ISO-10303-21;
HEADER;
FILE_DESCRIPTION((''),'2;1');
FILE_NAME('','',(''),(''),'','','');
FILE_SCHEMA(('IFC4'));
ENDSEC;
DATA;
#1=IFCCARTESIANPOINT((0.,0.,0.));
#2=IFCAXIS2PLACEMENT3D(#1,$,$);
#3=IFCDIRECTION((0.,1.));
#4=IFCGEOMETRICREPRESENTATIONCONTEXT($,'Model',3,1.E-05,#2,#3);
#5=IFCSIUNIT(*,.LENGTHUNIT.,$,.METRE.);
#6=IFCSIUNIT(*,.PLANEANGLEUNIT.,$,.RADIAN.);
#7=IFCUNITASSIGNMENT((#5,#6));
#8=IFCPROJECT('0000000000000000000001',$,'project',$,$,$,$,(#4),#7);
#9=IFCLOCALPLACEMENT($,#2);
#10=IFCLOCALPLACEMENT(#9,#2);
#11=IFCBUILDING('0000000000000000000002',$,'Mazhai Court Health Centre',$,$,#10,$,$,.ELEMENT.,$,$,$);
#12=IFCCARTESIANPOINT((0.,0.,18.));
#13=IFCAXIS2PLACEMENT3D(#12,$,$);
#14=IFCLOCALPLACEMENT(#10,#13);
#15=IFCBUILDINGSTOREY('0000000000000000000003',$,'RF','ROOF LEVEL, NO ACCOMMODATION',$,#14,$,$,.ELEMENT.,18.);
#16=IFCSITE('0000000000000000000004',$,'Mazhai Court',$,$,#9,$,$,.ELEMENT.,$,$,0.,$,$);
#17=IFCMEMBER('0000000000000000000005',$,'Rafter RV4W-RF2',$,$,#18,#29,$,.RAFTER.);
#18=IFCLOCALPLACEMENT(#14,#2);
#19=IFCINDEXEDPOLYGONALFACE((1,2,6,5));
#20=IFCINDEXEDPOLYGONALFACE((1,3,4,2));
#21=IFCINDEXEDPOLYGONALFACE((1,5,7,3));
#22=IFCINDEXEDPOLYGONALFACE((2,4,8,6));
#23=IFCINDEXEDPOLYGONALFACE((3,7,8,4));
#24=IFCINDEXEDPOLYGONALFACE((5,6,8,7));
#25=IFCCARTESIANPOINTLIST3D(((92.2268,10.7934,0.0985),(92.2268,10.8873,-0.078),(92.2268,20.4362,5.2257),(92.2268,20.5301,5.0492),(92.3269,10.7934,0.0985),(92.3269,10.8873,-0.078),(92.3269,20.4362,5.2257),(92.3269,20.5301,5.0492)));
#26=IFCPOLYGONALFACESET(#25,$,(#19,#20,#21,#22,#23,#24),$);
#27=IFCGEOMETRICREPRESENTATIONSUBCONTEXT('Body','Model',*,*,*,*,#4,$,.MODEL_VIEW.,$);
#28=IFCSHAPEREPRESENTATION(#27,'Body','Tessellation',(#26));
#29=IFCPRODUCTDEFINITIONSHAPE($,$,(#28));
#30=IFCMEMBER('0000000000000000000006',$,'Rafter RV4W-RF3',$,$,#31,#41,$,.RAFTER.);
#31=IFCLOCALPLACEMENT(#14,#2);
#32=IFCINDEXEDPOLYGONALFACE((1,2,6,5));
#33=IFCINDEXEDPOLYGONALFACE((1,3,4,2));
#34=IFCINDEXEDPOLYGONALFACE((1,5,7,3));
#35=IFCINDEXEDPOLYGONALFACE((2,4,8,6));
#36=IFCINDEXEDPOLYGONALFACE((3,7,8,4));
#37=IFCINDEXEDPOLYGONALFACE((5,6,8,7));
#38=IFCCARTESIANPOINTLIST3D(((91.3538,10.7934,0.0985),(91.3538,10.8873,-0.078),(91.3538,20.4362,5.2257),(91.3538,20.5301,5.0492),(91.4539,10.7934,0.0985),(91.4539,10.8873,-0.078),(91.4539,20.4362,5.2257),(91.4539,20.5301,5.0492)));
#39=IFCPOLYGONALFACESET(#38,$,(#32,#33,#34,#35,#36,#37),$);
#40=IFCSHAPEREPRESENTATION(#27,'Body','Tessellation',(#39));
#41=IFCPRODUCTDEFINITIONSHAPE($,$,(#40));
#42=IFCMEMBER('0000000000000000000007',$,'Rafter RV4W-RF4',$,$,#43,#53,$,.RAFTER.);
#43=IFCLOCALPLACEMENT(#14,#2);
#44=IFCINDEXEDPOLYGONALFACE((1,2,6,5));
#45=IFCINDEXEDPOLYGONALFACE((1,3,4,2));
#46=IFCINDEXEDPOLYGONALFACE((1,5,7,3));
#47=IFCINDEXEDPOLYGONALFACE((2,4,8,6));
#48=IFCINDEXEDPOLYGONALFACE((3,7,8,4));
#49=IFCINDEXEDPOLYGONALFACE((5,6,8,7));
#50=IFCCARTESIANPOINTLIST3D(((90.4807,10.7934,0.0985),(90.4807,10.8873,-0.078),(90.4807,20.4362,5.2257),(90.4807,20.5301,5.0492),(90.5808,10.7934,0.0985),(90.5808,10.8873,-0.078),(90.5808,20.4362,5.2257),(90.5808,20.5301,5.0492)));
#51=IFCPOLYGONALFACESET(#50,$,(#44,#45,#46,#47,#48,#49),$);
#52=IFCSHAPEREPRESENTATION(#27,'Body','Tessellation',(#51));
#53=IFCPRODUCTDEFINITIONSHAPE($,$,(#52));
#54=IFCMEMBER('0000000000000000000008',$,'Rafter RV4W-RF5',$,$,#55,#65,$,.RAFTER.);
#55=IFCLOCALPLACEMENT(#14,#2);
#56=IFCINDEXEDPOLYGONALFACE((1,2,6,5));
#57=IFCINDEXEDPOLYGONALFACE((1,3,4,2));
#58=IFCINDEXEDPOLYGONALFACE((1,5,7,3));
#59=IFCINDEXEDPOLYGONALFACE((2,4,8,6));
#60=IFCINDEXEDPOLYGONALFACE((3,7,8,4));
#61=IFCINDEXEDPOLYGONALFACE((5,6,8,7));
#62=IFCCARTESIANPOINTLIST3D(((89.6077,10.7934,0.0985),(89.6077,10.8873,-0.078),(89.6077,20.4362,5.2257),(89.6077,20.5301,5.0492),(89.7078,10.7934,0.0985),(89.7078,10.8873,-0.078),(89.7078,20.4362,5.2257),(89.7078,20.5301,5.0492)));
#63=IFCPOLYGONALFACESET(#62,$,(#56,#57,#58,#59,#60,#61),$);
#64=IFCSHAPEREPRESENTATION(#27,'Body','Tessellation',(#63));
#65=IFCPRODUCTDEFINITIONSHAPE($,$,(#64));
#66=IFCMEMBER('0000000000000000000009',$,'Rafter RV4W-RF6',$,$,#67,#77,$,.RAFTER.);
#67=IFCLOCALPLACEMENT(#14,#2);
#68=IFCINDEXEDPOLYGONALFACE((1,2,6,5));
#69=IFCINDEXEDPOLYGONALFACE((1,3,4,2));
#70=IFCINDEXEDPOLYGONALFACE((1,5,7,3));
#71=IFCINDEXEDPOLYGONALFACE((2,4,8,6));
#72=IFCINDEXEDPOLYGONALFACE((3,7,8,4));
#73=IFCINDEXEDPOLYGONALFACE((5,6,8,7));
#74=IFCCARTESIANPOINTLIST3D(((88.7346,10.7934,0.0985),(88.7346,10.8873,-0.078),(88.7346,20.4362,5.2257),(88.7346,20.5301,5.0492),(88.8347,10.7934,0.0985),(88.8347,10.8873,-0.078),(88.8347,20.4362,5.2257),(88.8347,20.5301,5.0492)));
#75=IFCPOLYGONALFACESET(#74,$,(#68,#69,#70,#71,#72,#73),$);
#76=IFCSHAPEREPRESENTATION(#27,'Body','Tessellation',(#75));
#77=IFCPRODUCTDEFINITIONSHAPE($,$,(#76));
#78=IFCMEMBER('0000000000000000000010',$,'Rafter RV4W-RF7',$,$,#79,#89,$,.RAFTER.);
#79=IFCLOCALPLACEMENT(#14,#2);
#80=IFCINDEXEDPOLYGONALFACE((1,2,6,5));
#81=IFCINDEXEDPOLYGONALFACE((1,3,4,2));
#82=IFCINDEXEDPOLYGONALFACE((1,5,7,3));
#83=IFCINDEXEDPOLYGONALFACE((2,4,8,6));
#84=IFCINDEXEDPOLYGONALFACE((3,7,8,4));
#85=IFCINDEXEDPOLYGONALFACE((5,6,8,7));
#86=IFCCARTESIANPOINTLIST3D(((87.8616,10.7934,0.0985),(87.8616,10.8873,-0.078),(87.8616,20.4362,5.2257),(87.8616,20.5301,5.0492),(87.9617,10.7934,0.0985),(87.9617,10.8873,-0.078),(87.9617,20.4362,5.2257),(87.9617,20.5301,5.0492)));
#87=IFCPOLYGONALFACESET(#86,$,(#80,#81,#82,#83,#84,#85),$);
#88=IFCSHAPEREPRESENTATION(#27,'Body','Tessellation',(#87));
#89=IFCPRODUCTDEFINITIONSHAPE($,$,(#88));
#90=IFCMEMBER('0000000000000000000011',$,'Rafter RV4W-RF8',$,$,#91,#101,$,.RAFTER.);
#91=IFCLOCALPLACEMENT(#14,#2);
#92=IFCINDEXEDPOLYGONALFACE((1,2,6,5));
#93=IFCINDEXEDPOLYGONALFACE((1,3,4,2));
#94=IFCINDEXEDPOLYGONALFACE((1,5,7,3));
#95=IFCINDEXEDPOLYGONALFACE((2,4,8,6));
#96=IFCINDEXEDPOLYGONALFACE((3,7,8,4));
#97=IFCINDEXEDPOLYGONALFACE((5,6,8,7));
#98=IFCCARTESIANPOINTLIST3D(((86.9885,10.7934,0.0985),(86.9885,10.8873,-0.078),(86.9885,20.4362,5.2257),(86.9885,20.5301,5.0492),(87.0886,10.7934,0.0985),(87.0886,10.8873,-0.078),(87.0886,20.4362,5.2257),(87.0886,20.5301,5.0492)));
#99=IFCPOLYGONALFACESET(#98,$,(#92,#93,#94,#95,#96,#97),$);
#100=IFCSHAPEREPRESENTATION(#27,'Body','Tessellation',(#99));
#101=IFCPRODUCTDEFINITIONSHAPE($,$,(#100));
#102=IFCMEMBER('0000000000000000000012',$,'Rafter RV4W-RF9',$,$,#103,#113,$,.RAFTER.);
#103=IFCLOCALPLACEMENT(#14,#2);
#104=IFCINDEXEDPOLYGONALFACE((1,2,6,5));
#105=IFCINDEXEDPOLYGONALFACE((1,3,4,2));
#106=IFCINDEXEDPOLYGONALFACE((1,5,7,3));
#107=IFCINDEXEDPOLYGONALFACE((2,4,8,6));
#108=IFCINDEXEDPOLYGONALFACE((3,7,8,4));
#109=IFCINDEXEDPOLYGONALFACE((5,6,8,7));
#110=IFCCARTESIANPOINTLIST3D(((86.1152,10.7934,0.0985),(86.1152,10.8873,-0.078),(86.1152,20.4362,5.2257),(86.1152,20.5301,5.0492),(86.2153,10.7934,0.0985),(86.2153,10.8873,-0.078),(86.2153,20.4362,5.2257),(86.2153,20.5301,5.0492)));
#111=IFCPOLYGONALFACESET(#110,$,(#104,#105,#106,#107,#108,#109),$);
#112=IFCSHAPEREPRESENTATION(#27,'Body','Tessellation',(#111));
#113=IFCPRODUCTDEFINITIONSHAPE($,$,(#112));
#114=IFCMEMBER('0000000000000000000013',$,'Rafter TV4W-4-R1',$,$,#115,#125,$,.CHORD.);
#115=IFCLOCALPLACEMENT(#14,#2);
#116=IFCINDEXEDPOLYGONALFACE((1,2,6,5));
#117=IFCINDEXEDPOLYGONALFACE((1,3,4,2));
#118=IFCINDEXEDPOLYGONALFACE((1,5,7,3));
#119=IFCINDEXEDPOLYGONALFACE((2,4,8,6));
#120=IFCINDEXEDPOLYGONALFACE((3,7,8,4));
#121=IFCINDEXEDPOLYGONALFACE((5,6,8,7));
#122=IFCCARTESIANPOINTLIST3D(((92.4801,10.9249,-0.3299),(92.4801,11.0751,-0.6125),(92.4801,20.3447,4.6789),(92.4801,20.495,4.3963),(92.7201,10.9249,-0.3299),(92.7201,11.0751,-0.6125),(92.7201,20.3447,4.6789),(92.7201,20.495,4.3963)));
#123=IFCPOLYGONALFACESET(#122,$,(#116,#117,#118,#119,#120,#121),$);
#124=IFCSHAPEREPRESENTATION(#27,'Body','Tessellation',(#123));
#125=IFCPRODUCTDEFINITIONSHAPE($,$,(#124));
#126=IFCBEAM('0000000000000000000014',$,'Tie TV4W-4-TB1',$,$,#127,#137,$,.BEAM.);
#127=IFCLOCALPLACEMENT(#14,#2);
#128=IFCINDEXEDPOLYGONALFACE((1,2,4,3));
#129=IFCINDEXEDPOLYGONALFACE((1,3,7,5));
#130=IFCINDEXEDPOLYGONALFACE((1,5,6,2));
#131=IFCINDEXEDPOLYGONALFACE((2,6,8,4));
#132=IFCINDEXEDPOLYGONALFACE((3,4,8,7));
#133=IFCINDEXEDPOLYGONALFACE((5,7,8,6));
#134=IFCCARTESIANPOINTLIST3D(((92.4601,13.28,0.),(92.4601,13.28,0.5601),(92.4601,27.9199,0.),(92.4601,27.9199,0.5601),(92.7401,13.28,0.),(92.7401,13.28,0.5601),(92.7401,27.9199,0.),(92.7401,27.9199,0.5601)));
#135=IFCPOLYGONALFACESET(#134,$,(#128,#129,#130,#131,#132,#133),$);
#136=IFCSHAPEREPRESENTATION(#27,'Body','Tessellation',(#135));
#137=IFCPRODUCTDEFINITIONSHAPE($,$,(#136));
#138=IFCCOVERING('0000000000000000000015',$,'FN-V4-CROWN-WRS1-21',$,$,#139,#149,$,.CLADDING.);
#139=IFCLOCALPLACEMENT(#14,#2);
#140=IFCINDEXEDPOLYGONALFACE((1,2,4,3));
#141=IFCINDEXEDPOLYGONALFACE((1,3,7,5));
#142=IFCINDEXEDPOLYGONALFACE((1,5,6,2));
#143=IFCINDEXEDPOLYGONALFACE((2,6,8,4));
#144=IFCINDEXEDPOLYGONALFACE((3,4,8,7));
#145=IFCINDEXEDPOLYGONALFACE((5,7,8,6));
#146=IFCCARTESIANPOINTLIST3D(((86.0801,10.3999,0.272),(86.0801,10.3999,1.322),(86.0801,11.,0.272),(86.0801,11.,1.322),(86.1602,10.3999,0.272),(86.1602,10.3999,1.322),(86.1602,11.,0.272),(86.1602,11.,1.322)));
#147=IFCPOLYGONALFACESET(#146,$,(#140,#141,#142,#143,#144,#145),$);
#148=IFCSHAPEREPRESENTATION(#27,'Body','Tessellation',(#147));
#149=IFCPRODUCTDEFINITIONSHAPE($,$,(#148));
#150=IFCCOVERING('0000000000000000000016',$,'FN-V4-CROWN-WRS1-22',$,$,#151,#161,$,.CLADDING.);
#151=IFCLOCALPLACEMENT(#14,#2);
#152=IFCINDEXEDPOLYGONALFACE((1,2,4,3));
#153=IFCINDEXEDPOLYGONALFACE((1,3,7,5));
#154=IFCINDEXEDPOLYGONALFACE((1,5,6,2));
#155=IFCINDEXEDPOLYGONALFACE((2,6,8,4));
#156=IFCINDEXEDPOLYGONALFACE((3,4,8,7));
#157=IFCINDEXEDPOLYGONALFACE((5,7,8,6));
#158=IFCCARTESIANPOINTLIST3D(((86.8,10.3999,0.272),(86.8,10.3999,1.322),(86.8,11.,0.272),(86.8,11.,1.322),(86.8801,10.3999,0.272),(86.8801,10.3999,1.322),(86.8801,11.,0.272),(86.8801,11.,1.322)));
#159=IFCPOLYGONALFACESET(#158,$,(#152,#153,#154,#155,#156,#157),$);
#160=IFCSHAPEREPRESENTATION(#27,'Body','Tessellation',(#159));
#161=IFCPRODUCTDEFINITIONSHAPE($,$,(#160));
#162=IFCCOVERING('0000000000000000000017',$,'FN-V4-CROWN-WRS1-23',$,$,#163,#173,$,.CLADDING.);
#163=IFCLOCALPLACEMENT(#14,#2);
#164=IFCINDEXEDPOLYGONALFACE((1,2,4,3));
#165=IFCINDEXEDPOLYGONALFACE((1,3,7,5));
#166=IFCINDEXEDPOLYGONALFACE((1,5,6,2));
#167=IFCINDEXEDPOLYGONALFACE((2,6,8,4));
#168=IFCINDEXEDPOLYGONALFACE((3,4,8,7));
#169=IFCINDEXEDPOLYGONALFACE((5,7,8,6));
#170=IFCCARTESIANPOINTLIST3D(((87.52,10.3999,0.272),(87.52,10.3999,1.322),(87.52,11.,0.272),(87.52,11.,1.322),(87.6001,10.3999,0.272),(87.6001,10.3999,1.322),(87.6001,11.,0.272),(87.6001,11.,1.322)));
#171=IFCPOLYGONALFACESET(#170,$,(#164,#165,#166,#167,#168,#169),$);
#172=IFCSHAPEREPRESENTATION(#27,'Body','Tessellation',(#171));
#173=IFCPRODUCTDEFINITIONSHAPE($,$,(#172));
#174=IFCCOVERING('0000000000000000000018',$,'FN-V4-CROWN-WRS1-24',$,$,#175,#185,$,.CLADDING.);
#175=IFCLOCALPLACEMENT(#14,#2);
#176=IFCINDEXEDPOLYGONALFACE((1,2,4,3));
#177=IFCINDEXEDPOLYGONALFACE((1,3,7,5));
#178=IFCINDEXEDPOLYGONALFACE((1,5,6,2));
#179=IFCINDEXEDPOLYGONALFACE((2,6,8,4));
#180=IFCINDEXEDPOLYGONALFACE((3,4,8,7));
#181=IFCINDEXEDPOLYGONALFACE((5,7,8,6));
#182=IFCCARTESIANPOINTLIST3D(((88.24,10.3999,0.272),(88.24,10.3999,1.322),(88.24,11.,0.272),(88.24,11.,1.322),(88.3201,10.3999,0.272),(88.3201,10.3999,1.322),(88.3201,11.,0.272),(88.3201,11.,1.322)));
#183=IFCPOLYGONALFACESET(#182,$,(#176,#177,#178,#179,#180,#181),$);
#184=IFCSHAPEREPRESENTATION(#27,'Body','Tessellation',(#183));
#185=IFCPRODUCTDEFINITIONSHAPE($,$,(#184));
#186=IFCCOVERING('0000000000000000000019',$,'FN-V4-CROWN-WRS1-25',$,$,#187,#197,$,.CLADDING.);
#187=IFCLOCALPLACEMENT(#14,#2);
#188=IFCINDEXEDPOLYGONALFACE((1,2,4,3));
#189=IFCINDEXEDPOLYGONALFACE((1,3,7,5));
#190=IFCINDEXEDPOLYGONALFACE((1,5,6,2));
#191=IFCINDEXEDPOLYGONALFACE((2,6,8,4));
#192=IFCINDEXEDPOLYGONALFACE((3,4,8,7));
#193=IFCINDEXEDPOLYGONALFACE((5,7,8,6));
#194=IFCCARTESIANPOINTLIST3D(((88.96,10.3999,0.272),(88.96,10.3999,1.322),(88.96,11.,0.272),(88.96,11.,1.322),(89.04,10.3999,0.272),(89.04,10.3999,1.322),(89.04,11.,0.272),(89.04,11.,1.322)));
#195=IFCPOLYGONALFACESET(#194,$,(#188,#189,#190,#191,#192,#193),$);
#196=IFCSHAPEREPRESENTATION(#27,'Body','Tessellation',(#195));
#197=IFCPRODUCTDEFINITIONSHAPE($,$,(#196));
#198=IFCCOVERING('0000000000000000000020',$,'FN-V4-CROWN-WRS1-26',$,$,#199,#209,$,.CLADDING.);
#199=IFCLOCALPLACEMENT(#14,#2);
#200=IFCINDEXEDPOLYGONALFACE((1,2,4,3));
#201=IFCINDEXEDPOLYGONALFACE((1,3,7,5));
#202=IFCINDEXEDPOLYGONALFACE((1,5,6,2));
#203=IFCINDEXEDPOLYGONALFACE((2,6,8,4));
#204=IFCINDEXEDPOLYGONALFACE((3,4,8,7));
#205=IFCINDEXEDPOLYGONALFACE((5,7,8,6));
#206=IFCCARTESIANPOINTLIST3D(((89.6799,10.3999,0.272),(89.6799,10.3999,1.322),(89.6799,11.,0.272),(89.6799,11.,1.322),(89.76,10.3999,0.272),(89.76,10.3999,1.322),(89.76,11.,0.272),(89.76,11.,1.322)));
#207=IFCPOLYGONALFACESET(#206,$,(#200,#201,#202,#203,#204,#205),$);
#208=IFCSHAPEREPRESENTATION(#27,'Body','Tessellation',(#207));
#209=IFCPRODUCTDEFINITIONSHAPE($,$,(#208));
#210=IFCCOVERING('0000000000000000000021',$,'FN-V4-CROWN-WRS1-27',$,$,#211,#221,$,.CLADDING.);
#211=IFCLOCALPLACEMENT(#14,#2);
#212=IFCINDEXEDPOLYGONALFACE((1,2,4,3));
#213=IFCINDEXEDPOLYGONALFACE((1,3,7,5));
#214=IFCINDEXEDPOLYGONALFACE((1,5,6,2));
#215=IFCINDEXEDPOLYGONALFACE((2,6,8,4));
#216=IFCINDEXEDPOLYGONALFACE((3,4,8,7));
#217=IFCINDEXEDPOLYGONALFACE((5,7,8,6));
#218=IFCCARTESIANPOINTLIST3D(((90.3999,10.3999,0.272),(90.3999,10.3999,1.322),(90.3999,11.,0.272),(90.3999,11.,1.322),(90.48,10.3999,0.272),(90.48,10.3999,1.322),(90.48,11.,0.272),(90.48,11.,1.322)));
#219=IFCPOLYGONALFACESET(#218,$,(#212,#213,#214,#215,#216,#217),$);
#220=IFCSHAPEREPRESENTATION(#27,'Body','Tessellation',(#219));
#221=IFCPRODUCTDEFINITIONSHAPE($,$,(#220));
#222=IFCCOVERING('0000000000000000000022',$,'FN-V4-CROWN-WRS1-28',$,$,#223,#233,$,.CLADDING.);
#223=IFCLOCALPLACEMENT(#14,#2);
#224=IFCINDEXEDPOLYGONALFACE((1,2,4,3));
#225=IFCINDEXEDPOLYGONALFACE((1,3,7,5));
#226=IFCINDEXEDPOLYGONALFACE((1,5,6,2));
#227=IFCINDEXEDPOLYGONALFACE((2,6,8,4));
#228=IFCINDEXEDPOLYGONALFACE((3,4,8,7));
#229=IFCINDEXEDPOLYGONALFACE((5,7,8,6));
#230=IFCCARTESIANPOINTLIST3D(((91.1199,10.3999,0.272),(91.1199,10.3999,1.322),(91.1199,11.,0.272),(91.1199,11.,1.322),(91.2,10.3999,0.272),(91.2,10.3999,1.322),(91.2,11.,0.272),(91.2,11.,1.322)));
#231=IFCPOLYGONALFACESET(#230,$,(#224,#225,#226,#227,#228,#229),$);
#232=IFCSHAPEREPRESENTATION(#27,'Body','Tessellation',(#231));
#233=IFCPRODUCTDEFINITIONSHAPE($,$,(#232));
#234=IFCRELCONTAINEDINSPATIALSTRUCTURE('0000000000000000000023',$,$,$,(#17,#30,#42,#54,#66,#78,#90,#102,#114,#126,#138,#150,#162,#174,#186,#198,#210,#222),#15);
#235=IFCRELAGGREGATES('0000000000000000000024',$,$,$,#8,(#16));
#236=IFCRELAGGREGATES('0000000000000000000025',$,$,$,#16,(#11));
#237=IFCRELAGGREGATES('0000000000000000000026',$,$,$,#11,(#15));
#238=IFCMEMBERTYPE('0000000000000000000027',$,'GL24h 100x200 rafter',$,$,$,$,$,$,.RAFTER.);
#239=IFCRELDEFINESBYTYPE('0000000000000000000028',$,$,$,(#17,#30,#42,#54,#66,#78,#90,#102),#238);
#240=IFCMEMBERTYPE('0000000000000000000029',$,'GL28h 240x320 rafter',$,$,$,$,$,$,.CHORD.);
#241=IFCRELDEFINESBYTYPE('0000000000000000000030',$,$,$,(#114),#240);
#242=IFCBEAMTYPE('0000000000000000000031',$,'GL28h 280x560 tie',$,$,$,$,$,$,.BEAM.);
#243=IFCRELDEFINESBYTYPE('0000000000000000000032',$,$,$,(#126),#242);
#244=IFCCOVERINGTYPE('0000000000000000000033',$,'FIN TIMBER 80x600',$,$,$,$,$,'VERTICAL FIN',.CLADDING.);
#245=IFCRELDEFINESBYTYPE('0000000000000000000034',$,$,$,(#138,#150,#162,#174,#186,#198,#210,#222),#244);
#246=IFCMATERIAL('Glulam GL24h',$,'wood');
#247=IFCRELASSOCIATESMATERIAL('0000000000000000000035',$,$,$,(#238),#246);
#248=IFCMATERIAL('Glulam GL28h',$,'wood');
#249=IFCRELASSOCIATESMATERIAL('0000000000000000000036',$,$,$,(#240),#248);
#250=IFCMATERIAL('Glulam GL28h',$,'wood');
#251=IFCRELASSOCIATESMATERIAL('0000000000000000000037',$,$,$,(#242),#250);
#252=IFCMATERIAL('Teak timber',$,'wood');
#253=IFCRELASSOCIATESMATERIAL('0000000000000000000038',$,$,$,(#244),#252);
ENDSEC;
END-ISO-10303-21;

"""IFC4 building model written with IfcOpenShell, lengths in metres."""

from ifc_helpers import new_model, si_unit, direction, frame, origin, origin_2d, place, context, subcontext, project, spatial, rectangle, extrude, material, material_profile, profile_set, type_object, element, save


model = new_model("IFC4")

# Units and contexts
model_context = context("Model", 3, precision=1e-05, world=origin(), true_north=direction((0.0, 1.0)))
body_context = subcontext(model_context, "Body", "Model", "MODEL_VIEW")
ifc_project = project(units=[si_unit("LENGTHUNIT", "METRE"), si_unit("PLANEANGLEUNIT", "RADIAN")], contexts=[model_context])

# Site, building, storey
site_placement = place(None, origin())
site = spatial("IfcSite", under=ifc_project, at=site_placement, Name="Mazhai Court", CompositionType="ELEMENT", RefElevation=0.0)
building_placement = place(site_placement, origin())
building = spatial("IfcBuilding", under=site, at=building_placement, Name="Mazhai Court Health Centre", CompositionType="ELEMENT")
storey_placement = place(building_placement, frame((0.0, 0.0, 18.0)))
storey = spatial("IfcBuildingStorey", under=building, at=storey_placement, Name="RF", Description="ROOF LEVEL, NO ACCOMMODATION", CompositionType="ELEMENT", Elevation=18.0)

# Members
ifc_material_1 = material(Name="Glulam GL24h", Category="wood")
ifc_material_profile_1 = material_profile(ifc_material_1, rectangle(XDim=0.1001, YDim=0.2, at=origin_2d()), Name="GL24h 100x200")
ifc_profile_set_1 = profile_set([ifc_material_profile_1], Name="Glulam GL24h")
member_type_1 = type_object("IfcMemberType", Name="GL24h 100x200 rafter", PredefinedType="RAFTER", material=ifc_profile_set_1)
for number, where, z_axis, x_axis, name in (
    (1, (92.2769, 10.8403, 0.0103), (0.0, 0.882947, 0.469473), (-1.0, 0.0, 0.0), "Rafter RV4W-RF2"),
    (2, (91.4038, 10.8403, 0.0103), (0.0, 0.882947, 0.469473), (-1.0, 0.0, 0.0), "Rafter RV4W-RF3"),
    (3, (90.5308, 10.8403, 0.0103), (0.0, 0.882947, 0.469473), (-1.0, 0.0, 0.0), "Rafter RV4W-RF4"),
    (4, (89.6577, 10.8403, 0.0103), (0.0, 0.882947, 0.469473), (-1.0, 0.0, 0.0), "Rafter RV4W-RF5"),
    (5, (88.7847, 10.8403, 0.0103), (0.0, 0.882947, 0.469473), (-1.0, 0.0, 0.0), "Rafter RV4W-RF6"),
    (6, (87.9116, 10.8403, 0.0103), (0.0, 0.882947, 0.469473), (-1.0, 0.0, 0.0), "Rafter RV4W-RF7"),
    (7, (87.0386, 10.8403, 0.0103), (0.0, 0.882947, 0.469473), (-1.0, 0.0, 0.0), "Rafter RV4W-RF8"),
    (8, (86.1653, 10.8403, 0.0103), (0.0, 0.882947, 0.469473), (-1.0, 0.0, 0.0), "Rafter RV4W-RF9"),
):
    element("IfcMember", number, at=place(storey_placement, frame(where, z_axis=z_axis, x_axis=x_axis)), inside=storey, type_object=member_type_1, Name=name, PredefinedType="RAFTER", context=body_context, shape_type="SweptSolid", body=[
        extrude(rectangle(XDim=0.1001, YDim=0.2, at=origin_2d()), origin(), (0.0, 0.0, 1.0), 10.9211),
    ])
ifc_material_2 = material(Name="Glulam GL28h", Category="wood")
ifc_material_profile_2 = material_profile(ifc_material_2, rectangle(XDim=0.24, YDim=0.3201, at=origin_2d()), Name="GL28h 240x320")
ifc_profile_set_2 = profile_set([ifc_material_profile_2], Name="Glulam GL28h")
member_type_2 = type_object("IfcMemberType", Name="GL28h 240x320 rafter", PredefinedType="CHORD", material=ifc_profile_set_2)
member_placement = place(storey_placement, frame((92.6001, 11.0, -0.4712), z_axis=(0.0, 0.882943, 0.469481), x_axis=(-1.0, 0.0, 0.0)))
element("IfcMember", 9, at=member_placement, inside=storey, type_object=member_type_2, Name="Rafter TV4W-4-R1", PredefinedType="CHORD", context=body_context, shape_type="SweptSolid", body=[
    extrude(rectangle(XDim=0.24, YDim=0.3201, at=origin_2d()), origin(), (0.0, 0.0, 1.0), 10.6687),
])

# Beam
ifc_material_3 = material(Name="Glulam GL28h", Category="wood")
ifc_material_profile_3 = material_profile(ifc_material_3, rectangle(XDim=0.28, YDim=0.5601, at=origin_2d()), Name="GL28h 280x560")
ifc_profile_set_3 = profile_set([ifc_material_profile_3], Name="Glulam GL28h")
beam_type = type_object("IfcBeamType", Name="GL28h 280x560 tie", PredefinedType="BEAM", material=ifc_profile_set_3)
beam_placement = place(storey_placement, frame((92.6001, 13.28, 0.28), z_axis=(0.0, 1.0, 0.0), x_axis=(-1.0, 0.0, 0.0)))
element("IfcBeam", 10, at=beam_placement, inside=storey, type_object=beam_type, Name="Tie TV4W-4-TB1", PredefinedType="BEAM", context=body_context, shape_type="SweptSolid", body=[
    extrude(rectangle(XDim=0.28, YDim=0.5601, at=origin_2d()), origin(), (0.0, 0.0, 1.0), 14.6399),
])

# Coverings
ifc_material_4 = material(Name="Teak timber", Category="wood")
covering_type = type_object("IfcCoveringType", Name="FIN TIMBER 80x600", ElementType="VERTICAL FIN", PredefinedType="CLADDING", material=ifc_material_4)
for number, where, z_axis, x_axis, name in (
    (11, (86.1201, 10.7, 0.272), (0.0, 0.0, 1.0), (1.0, 0.0, 0.0), "FN-V4-CROWN-WRS1-21"),
    (12, (86.8401, 10.7, 0.272), (0.0, 0.0, 1.0), (1.0, 0.0, 0.0), "FN-V4-CROWN-WRS1-22"),
    (13, (87.5601, 10.7, 0.272), (0.0, 0.0, 1.0), (1.0, 0.0, 0.0), "FN-V4-CROWN-WRS1-23"),
    (14, (88.28, 10.7, 0.272), (0.0, 0.0, 1.0), (1.0, 0.0, 0.0), "FN-V4-CROWN-WRS1-24"),
    (15, (89.0, 10.7, 0.272), (0.0, 0.0, 1.0), (1.0, 0.0, 0.0), "FN-V4-CROWN-WRS1-25"),
    (16, (89.72, 10.7, 0.272), (0.0, 0.0, 1.0), (1.0, 0.0, 0.0), "FN-V4-CROWN-WRS1-26"),
    (17, (90.4399, 10.7, 0.272), (0.0, 0.0, 1.0), (1.0, 0.0, 0.0), "FN-V4-CROWN-WRS1-27"),
    (18, (91.1599, 10.7, 0.272), (0.0, 0.0, 1.0), (1.0, 0.0, 0.0), "FN-V4-CROWN-WRS1-28"),
):
    element("IfcCovering", number, at=place(storey_placement, frame(where, z_axis=z_axis, x_axis=x_axis)), inside=storey, type_object=covering_type, Name=name, PredefinedType="CLADDING", context=body_context, shape_type="SweptSolid", body=[
        extrude(rectangle(XDim=0.0801, YDim=0.6001, at=origin_2d()), origin(), (0.0, 0.0, 1.0), 1.05),
    ])

save(model, "model.ifc")
